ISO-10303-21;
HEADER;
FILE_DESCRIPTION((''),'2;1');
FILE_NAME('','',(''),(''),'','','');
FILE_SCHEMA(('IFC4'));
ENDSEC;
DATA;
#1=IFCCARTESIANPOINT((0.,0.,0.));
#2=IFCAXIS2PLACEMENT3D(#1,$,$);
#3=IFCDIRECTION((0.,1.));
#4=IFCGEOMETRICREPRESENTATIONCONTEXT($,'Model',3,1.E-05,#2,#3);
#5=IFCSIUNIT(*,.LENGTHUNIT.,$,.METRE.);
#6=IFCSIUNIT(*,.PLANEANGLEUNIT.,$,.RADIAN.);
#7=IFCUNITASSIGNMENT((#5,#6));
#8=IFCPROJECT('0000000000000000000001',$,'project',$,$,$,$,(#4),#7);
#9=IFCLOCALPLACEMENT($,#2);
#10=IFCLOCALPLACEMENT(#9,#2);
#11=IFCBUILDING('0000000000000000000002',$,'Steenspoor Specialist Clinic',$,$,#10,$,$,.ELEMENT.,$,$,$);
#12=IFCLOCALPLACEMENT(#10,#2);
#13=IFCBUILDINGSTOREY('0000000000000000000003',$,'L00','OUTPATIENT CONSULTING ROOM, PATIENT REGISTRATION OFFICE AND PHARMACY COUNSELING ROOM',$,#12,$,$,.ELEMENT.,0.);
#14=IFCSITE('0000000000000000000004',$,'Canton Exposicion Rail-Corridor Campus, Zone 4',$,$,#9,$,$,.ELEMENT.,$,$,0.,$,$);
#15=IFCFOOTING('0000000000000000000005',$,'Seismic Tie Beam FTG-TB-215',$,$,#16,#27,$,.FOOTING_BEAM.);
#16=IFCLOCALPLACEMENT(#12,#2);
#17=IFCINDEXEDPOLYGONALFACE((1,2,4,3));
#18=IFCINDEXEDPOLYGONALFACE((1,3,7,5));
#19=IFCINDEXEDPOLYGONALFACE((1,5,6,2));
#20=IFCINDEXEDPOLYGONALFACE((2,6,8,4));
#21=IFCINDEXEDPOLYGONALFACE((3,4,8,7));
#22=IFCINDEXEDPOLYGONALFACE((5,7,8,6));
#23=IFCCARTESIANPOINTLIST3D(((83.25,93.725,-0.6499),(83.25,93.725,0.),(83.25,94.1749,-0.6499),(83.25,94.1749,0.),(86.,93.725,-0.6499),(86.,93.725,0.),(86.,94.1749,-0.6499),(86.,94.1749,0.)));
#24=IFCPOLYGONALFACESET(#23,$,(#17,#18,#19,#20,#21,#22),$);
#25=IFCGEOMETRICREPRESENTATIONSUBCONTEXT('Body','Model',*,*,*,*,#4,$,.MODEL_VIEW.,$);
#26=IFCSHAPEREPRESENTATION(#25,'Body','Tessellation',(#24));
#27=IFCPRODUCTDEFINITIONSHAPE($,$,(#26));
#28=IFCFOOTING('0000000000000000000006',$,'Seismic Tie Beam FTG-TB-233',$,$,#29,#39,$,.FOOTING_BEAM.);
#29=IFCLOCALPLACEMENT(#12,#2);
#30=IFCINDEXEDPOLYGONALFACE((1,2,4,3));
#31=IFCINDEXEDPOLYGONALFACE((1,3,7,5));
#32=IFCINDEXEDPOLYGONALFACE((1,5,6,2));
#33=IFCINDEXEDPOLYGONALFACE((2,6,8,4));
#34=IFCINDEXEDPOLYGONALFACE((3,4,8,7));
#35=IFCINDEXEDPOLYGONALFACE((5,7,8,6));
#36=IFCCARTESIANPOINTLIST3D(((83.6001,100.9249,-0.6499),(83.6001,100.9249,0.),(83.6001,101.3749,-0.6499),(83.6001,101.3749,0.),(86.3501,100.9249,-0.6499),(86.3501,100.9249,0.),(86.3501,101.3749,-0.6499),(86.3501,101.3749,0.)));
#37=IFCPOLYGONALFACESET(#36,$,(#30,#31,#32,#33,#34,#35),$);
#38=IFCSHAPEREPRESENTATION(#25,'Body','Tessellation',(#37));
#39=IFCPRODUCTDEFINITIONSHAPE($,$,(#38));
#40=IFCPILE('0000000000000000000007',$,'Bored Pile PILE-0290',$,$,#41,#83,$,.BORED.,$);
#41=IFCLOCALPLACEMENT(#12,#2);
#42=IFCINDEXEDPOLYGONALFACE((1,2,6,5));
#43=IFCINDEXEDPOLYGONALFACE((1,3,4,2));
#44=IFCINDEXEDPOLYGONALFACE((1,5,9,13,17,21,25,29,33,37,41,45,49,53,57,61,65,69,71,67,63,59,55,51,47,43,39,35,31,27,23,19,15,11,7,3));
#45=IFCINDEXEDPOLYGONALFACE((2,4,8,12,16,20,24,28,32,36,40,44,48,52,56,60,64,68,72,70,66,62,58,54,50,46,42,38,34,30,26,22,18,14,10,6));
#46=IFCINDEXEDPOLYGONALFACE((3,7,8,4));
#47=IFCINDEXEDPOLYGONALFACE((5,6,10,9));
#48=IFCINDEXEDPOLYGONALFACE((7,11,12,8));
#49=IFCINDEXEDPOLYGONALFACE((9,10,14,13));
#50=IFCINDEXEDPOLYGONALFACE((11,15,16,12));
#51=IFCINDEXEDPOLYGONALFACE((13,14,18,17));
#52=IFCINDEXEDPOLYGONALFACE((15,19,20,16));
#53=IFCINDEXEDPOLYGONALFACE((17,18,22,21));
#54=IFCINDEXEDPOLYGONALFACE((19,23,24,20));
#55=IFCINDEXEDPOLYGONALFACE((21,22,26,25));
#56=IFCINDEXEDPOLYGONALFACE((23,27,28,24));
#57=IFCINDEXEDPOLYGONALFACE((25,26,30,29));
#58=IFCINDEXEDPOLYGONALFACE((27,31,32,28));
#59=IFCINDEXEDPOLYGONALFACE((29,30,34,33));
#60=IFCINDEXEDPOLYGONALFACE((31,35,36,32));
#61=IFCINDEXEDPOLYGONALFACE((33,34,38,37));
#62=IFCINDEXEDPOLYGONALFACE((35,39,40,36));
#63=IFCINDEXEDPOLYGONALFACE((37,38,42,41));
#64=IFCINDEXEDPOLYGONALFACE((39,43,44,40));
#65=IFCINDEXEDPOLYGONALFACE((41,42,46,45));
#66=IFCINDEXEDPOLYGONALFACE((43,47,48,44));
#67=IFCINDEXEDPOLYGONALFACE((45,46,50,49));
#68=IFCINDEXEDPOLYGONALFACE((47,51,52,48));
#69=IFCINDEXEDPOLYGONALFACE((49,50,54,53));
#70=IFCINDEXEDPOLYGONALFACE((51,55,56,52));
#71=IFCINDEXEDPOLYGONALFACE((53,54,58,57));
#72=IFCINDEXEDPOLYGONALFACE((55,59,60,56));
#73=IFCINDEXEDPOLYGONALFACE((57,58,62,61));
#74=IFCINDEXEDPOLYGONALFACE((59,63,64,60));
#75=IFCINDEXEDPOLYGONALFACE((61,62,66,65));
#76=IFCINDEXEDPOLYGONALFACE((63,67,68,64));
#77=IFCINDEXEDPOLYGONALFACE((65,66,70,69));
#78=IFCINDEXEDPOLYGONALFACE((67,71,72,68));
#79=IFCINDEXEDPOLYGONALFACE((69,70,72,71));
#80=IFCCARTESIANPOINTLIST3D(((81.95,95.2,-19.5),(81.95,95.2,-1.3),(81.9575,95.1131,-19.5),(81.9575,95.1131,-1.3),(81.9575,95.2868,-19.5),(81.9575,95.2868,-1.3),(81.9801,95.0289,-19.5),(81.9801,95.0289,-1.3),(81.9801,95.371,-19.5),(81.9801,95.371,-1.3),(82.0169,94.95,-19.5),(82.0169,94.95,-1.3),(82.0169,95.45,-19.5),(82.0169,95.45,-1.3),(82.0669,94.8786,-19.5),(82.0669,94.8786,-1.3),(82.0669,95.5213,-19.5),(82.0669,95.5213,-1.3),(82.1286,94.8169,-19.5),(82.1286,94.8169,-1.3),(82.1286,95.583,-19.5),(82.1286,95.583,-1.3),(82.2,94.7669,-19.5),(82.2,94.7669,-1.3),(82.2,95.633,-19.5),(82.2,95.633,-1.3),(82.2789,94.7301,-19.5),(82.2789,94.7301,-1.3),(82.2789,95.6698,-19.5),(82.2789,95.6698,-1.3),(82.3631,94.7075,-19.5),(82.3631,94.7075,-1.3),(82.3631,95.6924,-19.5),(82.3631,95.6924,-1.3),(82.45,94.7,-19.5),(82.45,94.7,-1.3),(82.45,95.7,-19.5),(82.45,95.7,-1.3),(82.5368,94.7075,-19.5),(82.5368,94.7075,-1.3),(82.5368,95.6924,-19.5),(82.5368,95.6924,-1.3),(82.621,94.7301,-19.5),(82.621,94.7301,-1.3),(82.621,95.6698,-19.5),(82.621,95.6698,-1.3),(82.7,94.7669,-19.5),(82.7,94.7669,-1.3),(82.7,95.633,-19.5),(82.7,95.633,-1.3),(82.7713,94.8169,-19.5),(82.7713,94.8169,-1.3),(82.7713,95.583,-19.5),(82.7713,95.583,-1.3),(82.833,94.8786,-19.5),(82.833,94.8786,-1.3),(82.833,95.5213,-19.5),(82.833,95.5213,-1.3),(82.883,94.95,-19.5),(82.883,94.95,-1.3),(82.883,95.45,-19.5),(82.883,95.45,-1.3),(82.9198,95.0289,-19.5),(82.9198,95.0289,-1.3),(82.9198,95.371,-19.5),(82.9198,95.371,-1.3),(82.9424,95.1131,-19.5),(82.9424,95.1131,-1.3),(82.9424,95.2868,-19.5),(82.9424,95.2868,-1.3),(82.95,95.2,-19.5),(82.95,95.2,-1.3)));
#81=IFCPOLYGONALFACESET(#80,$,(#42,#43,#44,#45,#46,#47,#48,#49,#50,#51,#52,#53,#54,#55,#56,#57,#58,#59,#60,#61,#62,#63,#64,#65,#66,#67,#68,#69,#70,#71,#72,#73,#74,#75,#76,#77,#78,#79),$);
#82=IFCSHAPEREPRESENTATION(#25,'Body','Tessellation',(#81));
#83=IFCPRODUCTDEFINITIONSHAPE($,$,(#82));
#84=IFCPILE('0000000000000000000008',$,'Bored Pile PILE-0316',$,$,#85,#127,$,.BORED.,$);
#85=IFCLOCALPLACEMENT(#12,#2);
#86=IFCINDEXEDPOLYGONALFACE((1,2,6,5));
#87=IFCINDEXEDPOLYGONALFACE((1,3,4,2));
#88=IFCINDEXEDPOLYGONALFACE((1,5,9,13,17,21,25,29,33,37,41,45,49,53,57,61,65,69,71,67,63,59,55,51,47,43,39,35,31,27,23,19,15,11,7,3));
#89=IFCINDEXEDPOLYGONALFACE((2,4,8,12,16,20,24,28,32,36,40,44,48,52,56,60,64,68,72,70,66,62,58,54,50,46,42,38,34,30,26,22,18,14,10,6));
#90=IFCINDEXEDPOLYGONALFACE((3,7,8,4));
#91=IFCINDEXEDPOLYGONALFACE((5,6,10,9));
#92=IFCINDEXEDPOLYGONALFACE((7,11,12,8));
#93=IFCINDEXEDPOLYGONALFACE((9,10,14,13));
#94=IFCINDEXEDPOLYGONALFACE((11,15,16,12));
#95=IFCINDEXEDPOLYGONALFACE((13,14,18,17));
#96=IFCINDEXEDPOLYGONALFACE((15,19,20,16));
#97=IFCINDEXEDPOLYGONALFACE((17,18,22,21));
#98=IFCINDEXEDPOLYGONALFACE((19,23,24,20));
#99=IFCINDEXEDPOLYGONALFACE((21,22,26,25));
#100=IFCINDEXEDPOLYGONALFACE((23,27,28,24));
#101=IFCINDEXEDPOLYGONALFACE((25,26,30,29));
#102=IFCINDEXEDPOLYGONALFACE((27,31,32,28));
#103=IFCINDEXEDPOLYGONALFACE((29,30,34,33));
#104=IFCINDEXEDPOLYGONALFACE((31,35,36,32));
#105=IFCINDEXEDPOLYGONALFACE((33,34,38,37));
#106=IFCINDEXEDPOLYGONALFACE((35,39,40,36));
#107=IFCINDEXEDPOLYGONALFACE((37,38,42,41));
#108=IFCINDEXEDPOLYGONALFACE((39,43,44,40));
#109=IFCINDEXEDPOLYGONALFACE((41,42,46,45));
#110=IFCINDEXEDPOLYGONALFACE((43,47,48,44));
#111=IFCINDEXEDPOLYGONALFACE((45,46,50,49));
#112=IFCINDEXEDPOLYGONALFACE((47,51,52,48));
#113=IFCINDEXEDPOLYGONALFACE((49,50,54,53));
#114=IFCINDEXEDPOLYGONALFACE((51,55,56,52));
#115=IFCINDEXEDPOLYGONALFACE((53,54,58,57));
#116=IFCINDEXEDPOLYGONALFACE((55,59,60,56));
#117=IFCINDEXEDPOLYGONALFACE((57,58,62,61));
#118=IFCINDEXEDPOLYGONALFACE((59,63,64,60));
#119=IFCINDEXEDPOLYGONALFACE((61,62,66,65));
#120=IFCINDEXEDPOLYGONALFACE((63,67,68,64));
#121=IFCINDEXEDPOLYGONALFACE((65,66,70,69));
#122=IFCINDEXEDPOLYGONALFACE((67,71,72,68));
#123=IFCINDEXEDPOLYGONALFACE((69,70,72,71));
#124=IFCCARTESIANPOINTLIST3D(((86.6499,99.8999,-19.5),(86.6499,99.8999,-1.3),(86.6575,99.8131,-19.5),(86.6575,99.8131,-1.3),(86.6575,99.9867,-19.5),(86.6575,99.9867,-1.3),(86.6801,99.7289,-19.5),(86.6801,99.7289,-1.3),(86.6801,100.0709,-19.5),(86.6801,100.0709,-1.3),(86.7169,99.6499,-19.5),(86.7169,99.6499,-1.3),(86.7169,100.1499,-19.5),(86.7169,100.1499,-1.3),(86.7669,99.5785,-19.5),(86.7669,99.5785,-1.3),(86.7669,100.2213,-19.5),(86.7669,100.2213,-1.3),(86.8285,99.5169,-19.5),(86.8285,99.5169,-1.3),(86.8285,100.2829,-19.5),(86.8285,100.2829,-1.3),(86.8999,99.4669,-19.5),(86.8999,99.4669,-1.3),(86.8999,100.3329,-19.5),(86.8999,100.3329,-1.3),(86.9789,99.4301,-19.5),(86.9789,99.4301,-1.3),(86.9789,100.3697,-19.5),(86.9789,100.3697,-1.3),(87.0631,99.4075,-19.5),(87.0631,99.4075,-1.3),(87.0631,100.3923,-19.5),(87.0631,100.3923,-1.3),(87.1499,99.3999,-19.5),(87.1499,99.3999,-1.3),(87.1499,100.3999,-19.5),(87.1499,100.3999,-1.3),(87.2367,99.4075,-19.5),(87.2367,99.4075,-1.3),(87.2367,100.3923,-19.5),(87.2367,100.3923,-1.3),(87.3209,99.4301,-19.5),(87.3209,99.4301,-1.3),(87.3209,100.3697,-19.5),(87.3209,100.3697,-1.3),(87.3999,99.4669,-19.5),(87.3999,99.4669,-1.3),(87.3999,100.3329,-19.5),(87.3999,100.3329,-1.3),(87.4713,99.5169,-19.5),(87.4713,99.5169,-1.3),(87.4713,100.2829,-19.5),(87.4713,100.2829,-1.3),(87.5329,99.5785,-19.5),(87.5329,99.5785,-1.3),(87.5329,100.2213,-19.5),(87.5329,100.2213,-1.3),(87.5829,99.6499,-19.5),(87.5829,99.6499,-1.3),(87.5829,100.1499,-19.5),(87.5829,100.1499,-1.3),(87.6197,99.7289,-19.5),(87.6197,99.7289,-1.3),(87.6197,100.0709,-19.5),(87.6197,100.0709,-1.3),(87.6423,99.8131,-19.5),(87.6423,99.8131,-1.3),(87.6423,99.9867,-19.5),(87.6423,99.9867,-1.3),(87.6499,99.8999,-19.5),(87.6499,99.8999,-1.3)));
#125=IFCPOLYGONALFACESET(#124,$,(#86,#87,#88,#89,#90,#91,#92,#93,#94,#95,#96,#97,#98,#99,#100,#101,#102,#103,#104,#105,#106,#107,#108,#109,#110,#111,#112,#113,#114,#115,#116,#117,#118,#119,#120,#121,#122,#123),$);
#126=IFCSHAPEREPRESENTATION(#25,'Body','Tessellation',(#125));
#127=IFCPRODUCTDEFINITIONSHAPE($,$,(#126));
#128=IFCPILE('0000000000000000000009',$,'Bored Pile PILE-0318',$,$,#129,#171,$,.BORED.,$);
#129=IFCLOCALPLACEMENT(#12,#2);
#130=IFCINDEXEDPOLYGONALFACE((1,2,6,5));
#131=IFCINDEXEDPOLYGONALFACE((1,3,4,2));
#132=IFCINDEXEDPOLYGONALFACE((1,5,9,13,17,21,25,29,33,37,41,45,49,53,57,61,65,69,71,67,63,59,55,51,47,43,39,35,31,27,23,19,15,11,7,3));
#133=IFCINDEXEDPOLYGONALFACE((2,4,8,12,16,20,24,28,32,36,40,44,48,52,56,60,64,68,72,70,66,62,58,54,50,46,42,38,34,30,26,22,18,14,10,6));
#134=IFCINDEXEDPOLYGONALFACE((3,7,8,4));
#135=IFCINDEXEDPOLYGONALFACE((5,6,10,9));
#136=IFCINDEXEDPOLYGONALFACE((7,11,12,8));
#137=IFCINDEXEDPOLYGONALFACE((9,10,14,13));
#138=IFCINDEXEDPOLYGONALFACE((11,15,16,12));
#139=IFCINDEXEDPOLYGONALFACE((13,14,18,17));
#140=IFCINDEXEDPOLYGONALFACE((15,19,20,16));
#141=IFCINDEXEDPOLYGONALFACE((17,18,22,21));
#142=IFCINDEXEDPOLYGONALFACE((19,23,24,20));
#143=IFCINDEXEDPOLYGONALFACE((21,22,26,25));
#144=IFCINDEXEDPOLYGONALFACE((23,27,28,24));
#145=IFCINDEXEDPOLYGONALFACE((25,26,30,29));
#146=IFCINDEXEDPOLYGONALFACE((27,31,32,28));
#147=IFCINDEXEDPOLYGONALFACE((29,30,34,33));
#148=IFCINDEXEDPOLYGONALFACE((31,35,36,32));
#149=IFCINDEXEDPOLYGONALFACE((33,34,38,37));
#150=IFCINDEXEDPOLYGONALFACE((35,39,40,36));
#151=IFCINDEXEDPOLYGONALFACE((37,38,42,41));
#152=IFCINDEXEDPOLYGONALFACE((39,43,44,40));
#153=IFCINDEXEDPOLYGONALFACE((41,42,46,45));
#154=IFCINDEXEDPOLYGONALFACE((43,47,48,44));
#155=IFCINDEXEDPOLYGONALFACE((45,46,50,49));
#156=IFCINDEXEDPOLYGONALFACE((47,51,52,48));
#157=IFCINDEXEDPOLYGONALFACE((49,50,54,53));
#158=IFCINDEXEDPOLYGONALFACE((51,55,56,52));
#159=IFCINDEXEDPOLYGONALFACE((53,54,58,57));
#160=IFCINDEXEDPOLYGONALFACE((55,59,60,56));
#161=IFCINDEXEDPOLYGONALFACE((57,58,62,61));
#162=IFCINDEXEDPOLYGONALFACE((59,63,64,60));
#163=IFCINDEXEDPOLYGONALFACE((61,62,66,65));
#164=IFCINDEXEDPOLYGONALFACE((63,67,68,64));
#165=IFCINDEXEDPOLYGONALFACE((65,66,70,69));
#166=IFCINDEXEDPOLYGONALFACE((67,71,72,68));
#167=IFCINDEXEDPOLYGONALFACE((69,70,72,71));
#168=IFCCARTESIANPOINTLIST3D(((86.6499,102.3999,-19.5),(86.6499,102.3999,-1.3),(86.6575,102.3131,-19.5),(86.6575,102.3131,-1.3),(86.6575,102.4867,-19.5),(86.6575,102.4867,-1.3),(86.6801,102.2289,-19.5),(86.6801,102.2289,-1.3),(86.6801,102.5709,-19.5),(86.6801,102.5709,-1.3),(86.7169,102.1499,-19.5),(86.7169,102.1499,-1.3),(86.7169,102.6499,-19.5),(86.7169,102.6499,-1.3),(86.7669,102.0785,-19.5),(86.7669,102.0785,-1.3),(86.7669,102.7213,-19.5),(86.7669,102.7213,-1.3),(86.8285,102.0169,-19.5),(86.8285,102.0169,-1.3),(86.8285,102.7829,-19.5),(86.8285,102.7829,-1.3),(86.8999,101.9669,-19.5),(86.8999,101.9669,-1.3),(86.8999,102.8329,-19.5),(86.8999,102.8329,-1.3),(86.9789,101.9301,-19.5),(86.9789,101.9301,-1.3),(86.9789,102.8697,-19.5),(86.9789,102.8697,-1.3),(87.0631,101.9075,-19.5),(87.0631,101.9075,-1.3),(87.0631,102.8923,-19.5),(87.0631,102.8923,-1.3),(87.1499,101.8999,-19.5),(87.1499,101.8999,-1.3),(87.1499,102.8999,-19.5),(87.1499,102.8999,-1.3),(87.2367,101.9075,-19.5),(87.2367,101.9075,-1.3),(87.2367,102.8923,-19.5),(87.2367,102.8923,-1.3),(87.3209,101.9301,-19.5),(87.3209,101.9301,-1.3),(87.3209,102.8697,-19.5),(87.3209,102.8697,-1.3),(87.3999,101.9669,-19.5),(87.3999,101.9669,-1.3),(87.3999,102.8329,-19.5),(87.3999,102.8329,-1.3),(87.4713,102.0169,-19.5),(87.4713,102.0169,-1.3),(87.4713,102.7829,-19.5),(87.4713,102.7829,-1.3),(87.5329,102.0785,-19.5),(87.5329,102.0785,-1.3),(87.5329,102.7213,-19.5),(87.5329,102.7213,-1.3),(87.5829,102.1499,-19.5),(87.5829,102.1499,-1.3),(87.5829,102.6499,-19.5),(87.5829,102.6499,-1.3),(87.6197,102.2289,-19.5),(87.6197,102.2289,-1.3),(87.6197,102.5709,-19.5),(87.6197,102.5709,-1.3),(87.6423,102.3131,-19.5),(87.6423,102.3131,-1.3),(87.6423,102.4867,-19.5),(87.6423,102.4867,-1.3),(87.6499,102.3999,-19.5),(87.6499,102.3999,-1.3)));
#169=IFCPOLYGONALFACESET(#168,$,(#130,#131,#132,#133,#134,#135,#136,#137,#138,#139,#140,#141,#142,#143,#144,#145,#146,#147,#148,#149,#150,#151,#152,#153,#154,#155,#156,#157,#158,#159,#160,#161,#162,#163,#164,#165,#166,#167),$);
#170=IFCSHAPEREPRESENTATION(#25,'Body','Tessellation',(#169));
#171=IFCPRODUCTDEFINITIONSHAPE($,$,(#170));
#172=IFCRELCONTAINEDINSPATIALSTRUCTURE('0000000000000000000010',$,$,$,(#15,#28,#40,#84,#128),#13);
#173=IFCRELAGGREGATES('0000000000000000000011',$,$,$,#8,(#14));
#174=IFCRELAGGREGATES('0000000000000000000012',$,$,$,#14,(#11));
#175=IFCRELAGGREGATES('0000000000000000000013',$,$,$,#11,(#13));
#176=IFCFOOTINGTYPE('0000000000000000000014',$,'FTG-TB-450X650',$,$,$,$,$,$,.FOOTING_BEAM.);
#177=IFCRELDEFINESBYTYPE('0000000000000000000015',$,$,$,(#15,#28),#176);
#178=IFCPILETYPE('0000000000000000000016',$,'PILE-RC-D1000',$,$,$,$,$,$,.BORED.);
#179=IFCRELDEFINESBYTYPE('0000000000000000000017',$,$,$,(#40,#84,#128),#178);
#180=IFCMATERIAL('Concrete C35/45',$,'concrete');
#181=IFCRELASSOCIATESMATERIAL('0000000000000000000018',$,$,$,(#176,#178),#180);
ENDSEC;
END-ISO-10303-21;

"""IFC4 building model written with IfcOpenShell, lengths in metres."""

from ifc_helpers import new_model, si_unit, direction, frame, origin, origin_2d, place, context, subcontext, project, spatial, rectangle, circle, extrude, material, material_profile, profile_set, type_object, element, save


model = new_model("IFC4")

# Units and contexts
model_context = context("Model", 3, precision=1e-05, world=origin(), true_north=direction((0.0, 1.0)))
body_context = subcontext(model_context, "Body", "Model", "MODEL_VIEW")
ifc_project = project(units=[si_unit("LENGTHUNIT", "METRE"), si_unit("PLANEANGLEUNIT", "RADIAN")], contexts=[model_context])

# Site, building, storey
site_placement = place(None, origin())
site = spatial("IfcSite", under=ifc_project, at=site_placement, Name="Canton Exposicion Rail-Corridor Campus, Zone 4", CompositionType="ELEMENT", RefElevation=0.0)
building_placement = place(site_placement, origin())
building = spatial("IfcBuilding", under=site, at=building_placement, Name="Steenspoor Specialist Clinic", CompositionType="ELEMENT")
storey_placement = place(building_placement, origin())
storey = spatial("IfcBuildingStorey", under=building, at=storey_placement, Name="L00", Description="OUTPATIENT CONSULTING ROOM, PATIENT REGISTRATION OFFICE AND PHARMACY COUNSELING ROOM", CompositionType="ELEMENT", Elevation=0.0)

# Footings
ifc_material_1 = material(Name="Concrete C35/45", Category="concrete")
footing_type = type_object("IfcFootingType", Name="FTG-TB-450X650", PredefinedType="FOOTING_BEAM", material=ifc_material_1)
for number, where, z_axis, x_axis, name in (
    (1, (84.625, 93.95, -0.6499), (0.0, 0.0, 1.0), (1.0, 0.0, 0.0), "Seismic Tie Beam FTG-TB-215"),
    (2, (84.9751, 101.1499, -0.6499), (0.0, 0.0, 1.0), (1.0, 0.0, 0.0), "Seismic Tie Beam FTG-TB-233"),
):
    element("IfcFooting", number, at=place(storey_placement, frame(where, z_axis=z_axis, x_axis=x_axis)), inside=storey, type_object=footing_type, Name=name, PredefinedType="FOOTING_BEAM", context=body_context, shape_type="SweptSolid", body=[
        extrude(rectangle(XDim=2.75, YDim=0.45, at=origin_2d()), origin(), (0.0, 0.0, 1.0), 0.6499),
    ])

# Piles
ifc_material_profile_1 = material_profile(ifc_material_1, circle(Radius=0.5, at=origin_2d()), Name="PILE-D1000")
ifc_profile_set_1 = profile_set([ifc_material_profile_1], Name="Concrete C35/45")
pile_type_1 = type_object("IfcPileType", Name="PILE-RC-D1000", PredefinedType="BORED", material=ifc_profile_set_1)
for number, where, z_axis, x_axis, name in (
    (3, (82.45, 95.2, -1.3), (0.0, 0.0, -1.0), (1.0, 0.0, 0.0), "Bored Pile PILE-0290"),
    (4, (87.1499, 99.8999, -1.3), (0.0, 0.0, -1.0), (1.0, 0.0, 0.0), "Bored Pile PILE-0316"),
    (5, (87.1499, 102.3999, -1.3), (0.0, 0.0, -1.0), (1.0, 0.0, 0.0), "Bored Pile PILE-0318"),
):
    element("IfcPile", number, at=place(storey_placement, frame(where, z_axis=z_axis, x_axis=x_axis)), inside=storey, type_object=pile_type_1, Name=name, PredefinedType="BORED", context=body_context, shape_type="SweptSolid", body=[
        extrude(circle(Radius=0.5, at=origin_2d()), origin(), (0.0, 0.0, 1.0), 18.2),
    ])

save(model, "model.ifc")
